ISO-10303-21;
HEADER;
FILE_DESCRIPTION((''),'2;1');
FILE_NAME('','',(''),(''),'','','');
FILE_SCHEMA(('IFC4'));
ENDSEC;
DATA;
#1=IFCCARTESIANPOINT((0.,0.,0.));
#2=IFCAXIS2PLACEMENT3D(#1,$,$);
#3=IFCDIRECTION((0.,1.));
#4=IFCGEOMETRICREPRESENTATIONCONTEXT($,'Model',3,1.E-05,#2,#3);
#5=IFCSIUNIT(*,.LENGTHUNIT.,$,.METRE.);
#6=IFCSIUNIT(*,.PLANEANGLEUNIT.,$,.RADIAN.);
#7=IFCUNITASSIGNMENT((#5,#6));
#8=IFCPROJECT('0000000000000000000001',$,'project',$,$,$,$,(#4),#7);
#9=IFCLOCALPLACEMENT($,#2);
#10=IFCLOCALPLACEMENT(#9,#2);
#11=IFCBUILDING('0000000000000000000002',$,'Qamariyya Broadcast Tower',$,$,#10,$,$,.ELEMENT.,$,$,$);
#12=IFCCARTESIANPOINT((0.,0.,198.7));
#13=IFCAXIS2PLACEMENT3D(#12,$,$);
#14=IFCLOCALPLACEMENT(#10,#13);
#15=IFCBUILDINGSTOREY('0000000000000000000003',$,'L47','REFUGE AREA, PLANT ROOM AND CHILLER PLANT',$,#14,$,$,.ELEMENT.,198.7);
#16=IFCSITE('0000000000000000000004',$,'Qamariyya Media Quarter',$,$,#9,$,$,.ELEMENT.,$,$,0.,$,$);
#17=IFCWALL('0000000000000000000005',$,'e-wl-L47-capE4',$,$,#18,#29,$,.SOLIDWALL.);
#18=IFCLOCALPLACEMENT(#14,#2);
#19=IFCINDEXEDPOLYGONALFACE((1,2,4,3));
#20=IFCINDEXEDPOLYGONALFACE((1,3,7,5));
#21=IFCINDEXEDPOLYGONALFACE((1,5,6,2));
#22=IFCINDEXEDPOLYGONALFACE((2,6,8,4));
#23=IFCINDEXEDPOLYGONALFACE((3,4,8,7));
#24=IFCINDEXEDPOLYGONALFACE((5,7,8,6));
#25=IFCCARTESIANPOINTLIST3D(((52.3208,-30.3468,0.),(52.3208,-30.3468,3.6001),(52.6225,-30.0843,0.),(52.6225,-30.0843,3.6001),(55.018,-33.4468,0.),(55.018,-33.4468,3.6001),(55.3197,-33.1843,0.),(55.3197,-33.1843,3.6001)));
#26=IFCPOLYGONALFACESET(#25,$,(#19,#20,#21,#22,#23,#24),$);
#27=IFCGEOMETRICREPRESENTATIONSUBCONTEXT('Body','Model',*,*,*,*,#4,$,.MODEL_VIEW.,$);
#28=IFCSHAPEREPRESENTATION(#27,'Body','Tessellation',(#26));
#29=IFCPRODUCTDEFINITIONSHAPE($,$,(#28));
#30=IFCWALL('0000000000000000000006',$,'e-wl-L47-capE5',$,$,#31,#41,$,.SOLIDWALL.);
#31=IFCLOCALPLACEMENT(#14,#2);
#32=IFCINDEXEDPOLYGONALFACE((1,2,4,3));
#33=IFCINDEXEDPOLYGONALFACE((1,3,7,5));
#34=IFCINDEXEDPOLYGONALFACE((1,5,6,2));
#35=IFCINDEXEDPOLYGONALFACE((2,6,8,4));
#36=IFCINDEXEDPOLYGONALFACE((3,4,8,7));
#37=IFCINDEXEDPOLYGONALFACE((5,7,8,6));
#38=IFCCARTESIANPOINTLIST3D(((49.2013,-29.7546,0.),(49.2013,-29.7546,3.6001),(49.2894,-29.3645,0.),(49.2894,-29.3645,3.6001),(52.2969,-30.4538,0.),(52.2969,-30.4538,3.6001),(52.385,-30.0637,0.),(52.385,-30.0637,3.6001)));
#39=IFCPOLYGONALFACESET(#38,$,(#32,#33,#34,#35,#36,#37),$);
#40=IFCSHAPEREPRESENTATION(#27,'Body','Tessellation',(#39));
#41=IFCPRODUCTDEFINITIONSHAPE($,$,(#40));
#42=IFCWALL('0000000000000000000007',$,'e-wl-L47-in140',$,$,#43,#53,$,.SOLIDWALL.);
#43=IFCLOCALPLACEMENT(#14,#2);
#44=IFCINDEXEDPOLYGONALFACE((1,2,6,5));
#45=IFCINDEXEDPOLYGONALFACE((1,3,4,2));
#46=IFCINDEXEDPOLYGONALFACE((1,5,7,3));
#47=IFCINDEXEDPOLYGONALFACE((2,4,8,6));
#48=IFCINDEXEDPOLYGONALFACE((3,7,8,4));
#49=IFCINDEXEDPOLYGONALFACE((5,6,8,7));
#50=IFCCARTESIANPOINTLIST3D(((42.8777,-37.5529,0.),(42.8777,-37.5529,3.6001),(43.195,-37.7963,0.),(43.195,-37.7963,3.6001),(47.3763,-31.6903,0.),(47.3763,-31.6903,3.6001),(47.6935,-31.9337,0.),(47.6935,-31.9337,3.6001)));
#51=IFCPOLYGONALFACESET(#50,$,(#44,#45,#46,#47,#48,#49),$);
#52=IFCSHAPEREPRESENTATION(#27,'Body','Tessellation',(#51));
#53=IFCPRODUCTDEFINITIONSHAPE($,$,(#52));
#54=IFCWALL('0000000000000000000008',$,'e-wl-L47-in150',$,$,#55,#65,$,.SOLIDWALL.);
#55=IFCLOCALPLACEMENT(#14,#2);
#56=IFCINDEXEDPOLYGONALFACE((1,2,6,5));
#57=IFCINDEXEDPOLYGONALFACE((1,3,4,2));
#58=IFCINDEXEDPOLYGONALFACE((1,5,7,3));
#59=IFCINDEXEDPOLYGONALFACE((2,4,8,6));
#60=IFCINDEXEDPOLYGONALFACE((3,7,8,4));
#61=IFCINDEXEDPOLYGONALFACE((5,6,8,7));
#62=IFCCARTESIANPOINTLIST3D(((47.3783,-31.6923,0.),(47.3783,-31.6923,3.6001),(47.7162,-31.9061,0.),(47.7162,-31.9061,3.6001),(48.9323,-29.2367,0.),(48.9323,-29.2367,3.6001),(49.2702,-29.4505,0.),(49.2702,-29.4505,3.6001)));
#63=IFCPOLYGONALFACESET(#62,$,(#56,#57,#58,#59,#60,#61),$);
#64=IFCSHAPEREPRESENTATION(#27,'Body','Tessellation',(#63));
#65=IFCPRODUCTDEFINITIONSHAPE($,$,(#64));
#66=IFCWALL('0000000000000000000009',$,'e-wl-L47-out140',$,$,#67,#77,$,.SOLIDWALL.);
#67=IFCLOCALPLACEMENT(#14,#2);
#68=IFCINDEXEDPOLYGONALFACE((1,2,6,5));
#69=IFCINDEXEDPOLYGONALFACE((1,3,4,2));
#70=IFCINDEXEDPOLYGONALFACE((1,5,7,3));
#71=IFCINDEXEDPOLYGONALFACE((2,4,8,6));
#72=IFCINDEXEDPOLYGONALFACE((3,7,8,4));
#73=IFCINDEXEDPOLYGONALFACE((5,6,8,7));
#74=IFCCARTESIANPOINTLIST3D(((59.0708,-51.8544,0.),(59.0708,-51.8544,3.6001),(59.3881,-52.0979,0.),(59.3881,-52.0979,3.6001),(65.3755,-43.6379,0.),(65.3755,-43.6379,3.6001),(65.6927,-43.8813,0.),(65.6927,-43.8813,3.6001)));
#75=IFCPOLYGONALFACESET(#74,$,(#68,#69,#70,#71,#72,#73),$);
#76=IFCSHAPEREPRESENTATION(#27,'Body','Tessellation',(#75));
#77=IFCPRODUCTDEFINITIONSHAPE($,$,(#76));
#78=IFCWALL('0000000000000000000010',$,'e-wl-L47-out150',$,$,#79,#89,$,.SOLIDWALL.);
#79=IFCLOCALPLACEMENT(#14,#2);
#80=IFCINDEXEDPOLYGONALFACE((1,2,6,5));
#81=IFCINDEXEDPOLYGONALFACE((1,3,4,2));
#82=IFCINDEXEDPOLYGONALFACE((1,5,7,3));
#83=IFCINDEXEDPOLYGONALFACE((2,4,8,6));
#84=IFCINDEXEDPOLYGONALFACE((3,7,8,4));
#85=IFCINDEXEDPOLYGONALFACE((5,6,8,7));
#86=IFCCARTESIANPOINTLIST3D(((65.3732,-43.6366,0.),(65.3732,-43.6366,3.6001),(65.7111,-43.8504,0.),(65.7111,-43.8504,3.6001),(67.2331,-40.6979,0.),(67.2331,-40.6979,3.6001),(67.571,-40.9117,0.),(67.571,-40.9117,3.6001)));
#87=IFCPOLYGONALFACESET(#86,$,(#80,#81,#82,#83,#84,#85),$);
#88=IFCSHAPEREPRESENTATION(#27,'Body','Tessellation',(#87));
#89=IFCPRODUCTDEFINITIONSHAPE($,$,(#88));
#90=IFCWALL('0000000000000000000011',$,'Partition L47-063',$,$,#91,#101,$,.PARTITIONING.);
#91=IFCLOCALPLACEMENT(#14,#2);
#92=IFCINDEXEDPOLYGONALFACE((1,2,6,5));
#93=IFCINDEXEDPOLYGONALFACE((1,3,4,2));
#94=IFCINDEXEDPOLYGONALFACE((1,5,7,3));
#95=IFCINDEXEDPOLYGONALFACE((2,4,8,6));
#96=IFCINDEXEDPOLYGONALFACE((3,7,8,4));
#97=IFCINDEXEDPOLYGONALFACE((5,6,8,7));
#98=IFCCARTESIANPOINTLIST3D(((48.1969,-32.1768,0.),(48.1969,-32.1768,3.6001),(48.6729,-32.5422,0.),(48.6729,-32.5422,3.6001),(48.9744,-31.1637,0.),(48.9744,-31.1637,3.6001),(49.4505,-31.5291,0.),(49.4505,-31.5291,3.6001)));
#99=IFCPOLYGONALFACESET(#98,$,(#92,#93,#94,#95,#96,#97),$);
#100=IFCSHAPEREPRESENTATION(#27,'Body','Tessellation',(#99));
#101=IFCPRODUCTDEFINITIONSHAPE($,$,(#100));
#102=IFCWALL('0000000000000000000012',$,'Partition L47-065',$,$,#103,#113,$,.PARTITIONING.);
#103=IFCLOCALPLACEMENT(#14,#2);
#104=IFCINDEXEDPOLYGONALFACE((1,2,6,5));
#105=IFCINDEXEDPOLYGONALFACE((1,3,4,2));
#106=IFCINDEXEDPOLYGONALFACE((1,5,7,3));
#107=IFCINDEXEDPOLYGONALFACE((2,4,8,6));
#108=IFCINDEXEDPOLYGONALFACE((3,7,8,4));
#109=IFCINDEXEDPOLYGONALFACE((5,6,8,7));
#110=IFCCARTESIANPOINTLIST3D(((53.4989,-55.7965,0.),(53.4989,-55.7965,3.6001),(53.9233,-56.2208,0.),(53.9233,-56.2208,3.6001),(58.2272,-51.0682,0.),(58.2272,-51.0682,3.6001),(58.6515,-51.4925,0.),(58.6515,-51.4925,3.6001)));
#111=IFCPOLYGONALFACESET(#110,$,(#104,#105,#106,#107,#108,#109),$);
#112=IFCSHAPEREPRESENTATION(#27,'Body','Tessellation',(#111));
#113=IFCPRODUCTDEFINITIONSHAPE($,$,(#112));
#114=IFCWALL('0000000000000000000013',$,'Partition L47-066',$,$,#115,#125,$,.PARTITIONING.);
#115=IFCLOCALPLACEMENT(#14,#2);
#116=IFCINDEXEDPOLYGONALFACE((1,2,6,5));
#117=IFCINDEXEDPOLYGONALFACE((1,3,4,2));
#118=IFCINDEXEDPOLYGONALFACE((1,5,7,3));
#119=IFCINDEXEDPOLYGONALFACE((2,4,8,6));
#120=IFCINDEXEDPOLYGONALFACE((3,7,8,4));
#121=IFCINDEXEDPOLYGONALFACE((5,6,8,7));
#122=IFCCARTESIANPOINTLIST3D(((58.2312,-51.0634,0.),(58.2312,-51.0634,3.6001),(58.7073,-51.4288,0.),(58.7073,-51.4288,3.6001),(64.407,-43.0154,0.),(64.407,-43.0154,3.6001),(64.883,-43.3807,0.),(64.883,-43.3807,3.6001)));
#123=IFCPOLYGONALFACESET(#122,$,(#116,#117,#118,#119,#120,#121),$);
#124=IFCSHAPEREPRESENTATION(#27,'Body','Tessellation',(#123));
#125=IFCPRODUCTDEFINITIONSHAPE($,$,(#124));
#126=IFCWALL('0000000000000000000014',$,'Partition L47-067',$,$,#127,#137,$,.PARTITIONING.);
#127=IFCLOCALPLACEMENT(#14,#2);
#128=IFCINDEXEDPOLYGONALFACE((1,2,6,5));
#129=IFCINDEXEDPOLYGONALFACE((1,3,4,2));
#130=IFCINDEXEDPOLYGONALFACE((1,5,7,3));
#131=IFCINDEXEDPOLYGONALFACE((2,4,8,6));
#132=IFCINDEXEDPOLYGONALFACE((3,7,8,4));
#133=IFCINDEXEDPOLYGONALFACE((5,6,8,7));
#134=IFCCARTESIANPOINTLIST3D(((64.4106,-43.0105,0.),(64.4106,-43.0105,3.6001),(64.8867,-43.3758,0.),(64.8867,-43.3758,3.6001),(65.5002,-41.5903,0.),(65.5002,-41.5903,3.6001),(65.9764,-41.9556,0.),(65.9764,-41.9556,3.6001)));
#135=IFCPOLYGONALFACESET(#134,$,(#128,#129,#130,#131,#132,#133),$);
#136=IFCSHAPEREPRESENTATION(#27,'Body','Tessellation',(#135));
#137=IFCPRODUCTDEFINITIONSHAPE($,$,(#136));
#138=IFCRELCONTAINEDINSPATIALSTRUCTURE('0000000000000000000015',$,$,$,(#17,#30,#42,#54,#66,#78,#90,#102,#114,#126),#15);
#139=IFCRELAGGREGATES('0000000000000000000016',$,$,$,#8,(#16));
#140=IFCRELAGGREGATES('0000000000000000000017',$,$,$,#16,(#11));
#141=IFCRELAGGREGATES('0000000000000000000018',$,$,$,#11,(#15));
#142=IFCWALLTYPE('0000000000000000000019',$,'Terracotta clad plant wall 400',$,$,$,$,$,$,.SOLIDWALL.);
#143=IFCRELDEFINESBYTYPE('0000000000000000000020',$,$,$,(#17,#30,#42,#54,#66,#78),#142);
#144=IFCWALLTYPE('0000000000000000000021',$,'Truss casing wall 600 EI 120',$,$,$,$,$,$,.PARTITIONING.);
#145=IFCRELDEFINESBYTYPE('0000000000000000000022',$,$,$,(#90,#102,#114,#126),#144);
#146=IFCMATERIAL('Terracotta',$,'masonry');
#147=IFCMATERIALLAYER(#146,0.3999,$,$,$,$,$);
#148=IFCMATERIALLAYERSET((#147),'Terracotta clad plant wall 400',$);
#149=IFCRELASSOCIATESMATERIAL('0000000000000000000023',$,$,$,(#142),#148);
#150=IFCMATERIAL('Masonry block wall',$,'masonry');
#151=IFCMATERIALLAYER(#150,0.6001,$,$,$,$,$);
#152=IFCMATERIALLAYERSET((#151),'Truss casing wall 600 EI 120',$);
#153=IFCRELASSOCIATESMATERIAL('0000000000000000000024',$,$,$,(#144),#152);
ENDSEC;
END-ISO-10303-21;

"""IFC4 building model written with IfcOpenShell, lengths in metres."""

from ifc_helpers import new_model, si_unit, direction, frame, frame_2d, origin, place, context, subcontext, project, spatial, rectangle, extrude, material, layer, layer_set, type_object, element, save


model = new_model("IFC4")

# Units and contexts
model_context = context("Model", 3, precision=1e-05, world=origin(), true_north=direction((0.0, 1.0)))
body_context = subcontext(model_context, "Body", "Model", "MODEL_VIEW")
ifc_project = project(units=[si_unit("LENGTHUNIT", "METRE"), si_unit("PLANEANGLEUNIT", "RADIAN")], contexts=[model_context])

# Site, building, storey
site_placement = place(None, origin())
site = spatial("IfcSite", under=ifc_project, at=site_placement, Name="Qamariyya Media Quarter", CompositionType="ELEMENT", RefElevation=0.0)
building_placement = place(site_placement, origin())
building = spatial("IfcBuilding", under=site, at=building_placement, Name="Qamariyya Broadcast Tower", CompositionType="ELEMENT")
storey_placement = place(building_placement, frame((0.0, 0.0, 198.7)))
storey = spatial("IfcBuildingStorey", under=building, at=storey_placement, Name="L47", Description="REFUGE AREA, PLANT ROOM AND CHILLER PLANT", CompositionType="ELEMENT", Elevation=198.7)

# Walls
ifc_material_1 = material(Name="Terracotta", Category="masonry")
ifc_layer_1 = layer(ifc_material_1, 0.3999)
ifc_layer_set_1 = layer_set([ifc_layer_1], Name="Terracotta clad plant wall 400")
wall_type_1 = type_object("IfcWallType", Name="Terracotta clad plant wall 400", PredefinedType="SOLIDWALL", material=ifc_layer_set_1)
wall_1_placement = place(storey_placement, frame((55.1689, -33.3157, 0.0), z_axis=(0.0, 0.0, 1.0), x_axis=(-0.656391, 0.754421, 0.0)))
element("IfcWall", 1, at=wall_1_placement, inside=storey, type_object=wall_type_1, Name="e-wl-L47-capE4", PredefinedType="SOLIDWALL", context=body_context, shape_type="SweptSolid", body=[
    extrude(rectangle(XDim=4.1091, YDim=0.3999, at=frame_2d((2.0547, 0.0))), origin(), (0.0, 0.0, 1.0), 3.6001),
])
wall_2_placement = place(storey_placement, frame((52.3411, -30.2588, 0.0), z_axis=(0.0, 0.0, 1.0), x_axis=(-0.975428, 0.220318, 0.0)))
element("IfcWall", 2, at=wall_2_placement, inside=storey, type_object=wall_type_1, Name="e-wl-L47-capE5", PredefinedType="SOLIDWALL", context=body_context, shape_type="SweptSolid", body=[
    extrude(rectangle(XDim=3.1736, YDim=0.3999, at=frame_2d((1.5869, 0.0))), origin(), (0.0, 0.0, 1.0), 3.6001),
])
wall_3_placement = place(storey_placement, frame((47.5349, -31.812, 0.0), z_axis=(0.0, 0.0, 1.0), x_axis=(-0.608765, -0.793351, 0.0)))
element("IfcWall", 3, at=wall_3_placement, inside=storey, type_object=wall_type_1, Name="e-wl-L47-in140", PredefinedType="SOLIDWALL", context=body_context, shape_type="SweptSolid", body=[
    extrude(rectangle(XDim=7.3896, YDim=0.3999, at=frame_2d((3.6948, 0.0))), origin(), (0.0, 0.0, 1.0), 3.6001),
])
wall_4_placement = place(storey_placement, frame((49.1013, -29.3435, 0.0), z_axis=(0.0, 0.0, 1.0), x_axis=(-0.534748, -0.845011, 0.0)))
element("IfcWall", 4, at=wall_4_placement, inside=storey, type_object=wall_type_1, Name="e-wl-L47-in150", PredefinedType="SOLIDWALL", context=body_context, shape_type="SweptSolid", body=[
    extrude(rectangle(XDim=2.906, YDim=0.3999, at=frame_2d((1.4531, 0.0))), origin(), (0.0, 0.0, 1.0), 3.6001),
])
wall_5_placement = place(storey_placement, frame((59.2295, -51.9761, 0.0), z_axis=(0.0, 0.0, 1.0), x_axis=(0.608756, 0.793358, 0.0)))
element("IfcWall", 5, at=wall_5_placement, inside=storey, type_object=wall_type_1, Name="e-wl-L47-out140", PredefinedType="SOLIDWALL", context=body_context, shape_type="SweptSolid", body=[
    extrude(rectangle(XDim=10.3567, YDim=0.3999, at=frame_2d((5.1782, 0.0))), origin(), (0.0, 0.0, 1.0), 3.6001),
])
wall_6_placement = place(storey_placement, frame((65.5422, -43.7434, 0.0), z_axis=(0.0, 0.0, 1.0), x_axis=(0.53478, 0.844991, 0.0)))
element("IfcWall", 6, at=wall_6_placement, inside=storey, type_object=wall_type_1, Name="e-wl-L47-out150", PredefinedType="SOLIDWALL", context=body_context, shape_type="SweptSolid", body=[
    extrude(rectangle(XDim=3.4778, YDim=0.3999, at=frame_2d((1.7388, 0.0))), origin(), (0.0, 0.0, 1.0), 3.6001),
])
ifc_material_2 = material(Name="Masonry block wall", Category="masonry")
ifc_layer_2 = layer(ifc_material_2, 0.6001)
ifc_layer_set_2 = layer_set([ifc_layer_2], Name="Truss casing wall 600 EI 120")
wall_type_2 = type_object("IfcWallType", Name="Truss casing wall 600 EI 120", PredefinedType="PARTITIONING", material=ifc_layer_set_2)
wall_7_placement = place(storey_placement, frame((48.4348, -32.3596, 0.0), z_axis=(0.0, 0.0, 1.0), x_axis=(0.608833, 0.793299, 0.0)))
element("IfcWall", 7, at=wall_7_placement, inside=storey, type_object=wall_type_2, Name="Partition L47-063", PredefinedType="PARTITIONING", context=body_context, shape_type="SweptSolid", body=[
    extrude(rectangle(XDim=1.2771, YDim=0.6001, at=frame_2d((0.6387, 0.0))), origin(), (0.0, 0.0, 1.0), 3.6001),
])
wall_8_placement = place(storey_placement, frame((53.7112, -56.0085, 0.0), z_axis=(0.0, 0.0, 1.0), x_axis=(0.707107, 0.707107, 0.0)))
element("IfcWall", 8, at=wall_8_placement, inside=storey, type_object=wall_type_2, Name="Partition L47-065", PredefinedType="PARTITIONING", context=body_context, shape_type="SweptSolid", body=[
    extrude(rectangle(XDim=6.6868, YDim=0.6001, at=frame_2d((3.3433, 0.0))), origin(), (0.0, 0.0, 1.0), 3.6001),
])
wall_9_placement = place(storey_placement, frame((58.4692, -51.2461, 0.0), z_axis=(0.0, 0.0, 1.0), x_axis=(0.608778, 0.793341, 0.0)))
element("IfcWall", 9, at=wall_9_placement, inside=storey, type_object=wall_type_2, Name="Partition L47-066", PredefinedType="PARTITIONING", context=body_context, shape_type="SweptSolid", body=[
    extrude(rectangle(XDim=10.1445, YDim=0.6001, at=frame_2d((5.0723, 0.0))), origin(), (0.0, 0.0, 1.0), 3.6001),
])
wall_10_placement = place(storey_placement, frame((64.6487, -43.1931, 0.0), z_axis=(0.0, 0.0, 1.0), x_axis=(0.608715, 0.793389, 0.0)))
element("IfcWall", 10, at=wall_10_placement, inside=storey, type_object=wall_type_2, Name="Partition L47-067", PredefinedType="PARTITIONING", context=body_context, shape_type="SweptSolid", body=[
    extrude(rectangle(XDim=1.79, YDim=0.6001, at=frame_2d((0.895, 0.0))), origin(), (0.0, 0.0, 1.0), 3.6001),
])

save(model, "model.ifc")
